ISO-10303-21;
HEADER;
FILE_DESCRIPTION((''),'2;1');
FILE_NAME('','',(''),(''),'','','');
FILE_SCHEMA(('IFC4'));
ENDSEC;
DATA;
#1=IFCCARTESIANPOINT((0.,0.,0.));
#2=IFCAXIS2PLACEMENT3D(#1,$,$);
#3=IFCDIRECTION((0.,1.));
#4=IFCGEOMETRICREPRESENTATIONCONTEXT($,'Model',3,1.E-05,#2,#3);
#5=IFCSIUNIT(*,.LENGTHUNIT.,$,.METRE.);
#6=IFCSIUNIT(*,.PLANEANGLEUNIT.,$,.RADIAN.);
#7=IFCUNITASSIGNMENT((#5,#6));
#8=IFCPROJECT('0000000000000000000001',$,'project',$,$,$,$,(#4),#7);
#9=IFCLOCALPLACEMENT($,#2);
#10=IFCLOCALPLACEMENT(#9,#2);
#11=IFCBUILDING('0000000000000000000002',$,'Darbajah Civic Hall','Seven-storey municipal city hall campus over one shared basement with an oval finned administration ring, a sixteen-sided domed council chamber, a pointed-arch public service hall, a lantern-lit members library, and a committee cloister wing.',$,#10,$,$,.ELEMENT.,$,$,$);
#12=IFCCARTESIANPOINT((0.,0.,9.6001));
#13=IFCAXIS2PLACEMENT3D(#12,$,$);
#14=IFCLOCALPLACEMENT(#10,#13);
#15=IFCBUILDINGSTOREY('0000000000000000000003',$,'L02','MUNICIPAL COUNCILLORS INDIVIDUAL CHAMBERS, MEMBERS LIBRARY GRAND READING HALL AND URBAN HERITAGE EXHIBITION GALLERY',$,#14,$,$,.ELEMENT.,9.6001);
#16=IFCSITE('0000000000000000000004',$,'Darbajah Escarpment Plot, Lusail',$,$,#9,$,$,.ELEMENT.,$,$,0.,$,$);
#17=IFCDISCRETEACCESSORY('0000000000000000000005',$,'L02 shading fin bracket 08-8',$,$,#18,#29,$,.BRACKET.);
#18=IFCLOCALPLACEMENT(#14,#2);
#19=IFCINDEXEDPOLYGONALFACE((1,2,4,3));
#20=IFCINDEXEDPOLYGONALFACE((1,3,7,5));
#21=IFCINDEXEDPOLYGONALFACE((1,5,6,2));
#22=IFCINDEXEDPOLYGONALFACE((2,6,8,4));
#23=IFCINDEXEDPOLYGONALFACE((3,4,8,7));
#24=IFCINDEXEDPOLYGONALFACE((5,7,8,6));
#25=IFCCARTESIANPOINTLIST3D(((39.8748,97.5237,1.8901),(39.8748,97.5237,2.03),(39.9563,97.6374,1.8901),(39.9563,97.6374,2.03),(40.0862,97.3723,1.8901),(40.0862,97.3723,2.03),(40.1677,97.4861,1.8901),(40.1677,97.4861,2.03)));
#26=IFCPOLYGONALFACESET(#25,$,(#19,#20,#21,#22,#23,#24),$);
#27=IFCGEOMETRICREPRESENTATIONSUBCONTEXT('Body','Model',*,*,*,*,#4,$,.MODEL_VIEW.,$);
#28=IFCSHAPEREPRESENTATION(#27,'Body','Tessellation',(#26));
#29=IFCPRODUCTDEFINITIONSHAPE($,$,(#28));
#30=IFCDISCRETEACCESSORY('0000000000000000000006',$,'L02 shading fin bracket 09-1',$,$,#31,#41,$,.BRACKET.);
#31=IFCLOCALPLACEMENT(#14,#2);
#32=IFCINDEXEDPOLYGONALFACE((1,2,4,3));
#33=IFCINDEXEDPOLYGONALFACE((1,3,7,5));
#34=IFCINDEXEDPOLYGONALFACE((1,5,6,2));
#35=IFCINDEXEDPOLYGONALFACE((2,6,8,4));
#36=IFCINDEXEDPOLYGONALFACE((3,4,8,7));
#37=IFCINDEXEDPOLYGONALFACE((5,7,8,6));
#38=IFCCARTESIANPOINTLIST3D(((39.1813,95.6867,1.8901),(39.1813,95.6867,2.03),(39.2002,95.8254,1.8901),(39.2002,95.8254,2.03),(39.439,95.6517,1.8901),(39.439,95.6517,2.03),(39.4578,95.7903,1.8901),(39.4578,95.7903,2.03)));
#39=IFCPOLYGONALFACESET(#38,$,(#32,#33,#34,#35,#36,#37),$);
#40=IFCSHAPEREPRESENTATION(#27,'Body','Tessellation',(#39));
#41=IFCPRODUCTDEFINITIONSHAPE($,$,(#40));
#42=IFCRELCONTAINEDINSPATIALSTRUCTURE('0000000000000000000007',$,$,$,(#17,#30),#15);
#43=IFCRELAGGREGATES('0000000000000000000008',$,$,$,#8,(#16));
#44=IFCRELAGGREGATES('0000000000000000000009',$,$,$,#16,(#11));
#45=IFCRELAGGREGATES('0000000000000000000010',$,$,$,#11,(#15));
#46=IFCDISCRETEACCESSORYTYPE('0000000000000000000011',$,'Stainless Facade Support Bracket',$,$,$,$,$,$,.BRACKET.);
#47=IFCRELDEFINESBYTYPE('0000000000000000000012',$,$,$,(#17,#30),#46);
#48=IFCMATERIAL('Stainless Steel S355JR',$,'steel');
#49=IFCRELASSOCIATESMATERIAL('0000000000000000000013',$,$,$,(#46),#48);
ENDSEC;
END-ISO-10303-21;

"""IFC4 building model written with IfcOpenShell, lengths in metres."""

from ifc_helpers import new_model, si_unit, direction, frame, origin, origin_2d, place, context, subcontext, project, spatial, rectangle, extrude, material, type_object, element, save


model = new_model("IFC4")

# Units and contexts
model_context = context("Model", 3, precision=1e-05, world=origin(), true_north=direction((0.0, 1.0)))
body_context = subcontext(model_context, "Body", "Model", "MODEL_VIEW")
ifc_project = project(units=[si_unit("LENGTHUNIT", "METRE"), si_unit("PLANEANGLEUNIT", "RADIAN")], contexts=[model_context])

# Site, building, storey
site_placement = place(None, origin())
site = spatial("IfcSite", under=ifc_project, at=site_placement, Name="Darbajah Escarpment Plot, Lusail", CompositionType="ELEMENT", RefElevation=0.0)
building_placement = place(site_placement, origin())
building = spatial("IfcBuilding", under=site, at=building_placement, Name="Darbajah Civic Hall", Description="Seven-storey municipal city hall campus over one shared basement with an oval finned administration ring, a sixteen-sided domed council chamber, a pointed-arch public service hall, a lantern-lit members library, and a committee cloister wing.", CompositionType="ELEMENT")
storey_placement = place(building_placement, frame((0.0, 0.0, 9.6001)))
storey = spatial("IfcBuildingStorey", under=building, at=storey_placement, Name="L02", Description="MUNICIPAL COUNCILLORS INDIVIDUAL CHAMBERS, MEMBERS LIBRARY GRAND READING HALL AND URBAN HERITAGE EXHIBITION GALLERY", CompositionType="ELEMENT", Elevation=9.6001)

# Discrete accessories
ifc_material_1 = material(Name="Stainless Steel S355JR", Category="steel")
discrete_accessory_type = type_object("IfcDiscreteAccessoryType", Name="Stainless Facade Support Bracket", PredefinedType="BRACKET", material=ifc_material_1)
for number, where, z_axis, x_axis, name in (
    (1, (40.0212, 97.5049, 1.8901), (0.0, 0.0, 1.0), (-0.812999, 0.582265, 0.0), "L02 shading fin bracket 08-8"),
    (2, (39.3196, 95.7385, 1.8901), (0.0, 0.0, 1.0), (-0.990866, 0.134851, 0.0), "L02 shading fin bracket 09-1"),
):
    element("IfcDiscreteAccessory", number, at=place(storey_placement, frame(where, z_axis=z_axis, x_axis=x_axis)), inside=storey, type_object=discrete_accessory_type, Name=name, PredefinedType="BRACKET", context=body_context, shape_type="SweptSolid", body=[
        extrude(rectangle(XDim=0.26, YDim=0.1399, at=origin_2d()), origin(), (0.0, 0.0, 1.0), 0.1399),
    ])

save(model, "model.ifc")
